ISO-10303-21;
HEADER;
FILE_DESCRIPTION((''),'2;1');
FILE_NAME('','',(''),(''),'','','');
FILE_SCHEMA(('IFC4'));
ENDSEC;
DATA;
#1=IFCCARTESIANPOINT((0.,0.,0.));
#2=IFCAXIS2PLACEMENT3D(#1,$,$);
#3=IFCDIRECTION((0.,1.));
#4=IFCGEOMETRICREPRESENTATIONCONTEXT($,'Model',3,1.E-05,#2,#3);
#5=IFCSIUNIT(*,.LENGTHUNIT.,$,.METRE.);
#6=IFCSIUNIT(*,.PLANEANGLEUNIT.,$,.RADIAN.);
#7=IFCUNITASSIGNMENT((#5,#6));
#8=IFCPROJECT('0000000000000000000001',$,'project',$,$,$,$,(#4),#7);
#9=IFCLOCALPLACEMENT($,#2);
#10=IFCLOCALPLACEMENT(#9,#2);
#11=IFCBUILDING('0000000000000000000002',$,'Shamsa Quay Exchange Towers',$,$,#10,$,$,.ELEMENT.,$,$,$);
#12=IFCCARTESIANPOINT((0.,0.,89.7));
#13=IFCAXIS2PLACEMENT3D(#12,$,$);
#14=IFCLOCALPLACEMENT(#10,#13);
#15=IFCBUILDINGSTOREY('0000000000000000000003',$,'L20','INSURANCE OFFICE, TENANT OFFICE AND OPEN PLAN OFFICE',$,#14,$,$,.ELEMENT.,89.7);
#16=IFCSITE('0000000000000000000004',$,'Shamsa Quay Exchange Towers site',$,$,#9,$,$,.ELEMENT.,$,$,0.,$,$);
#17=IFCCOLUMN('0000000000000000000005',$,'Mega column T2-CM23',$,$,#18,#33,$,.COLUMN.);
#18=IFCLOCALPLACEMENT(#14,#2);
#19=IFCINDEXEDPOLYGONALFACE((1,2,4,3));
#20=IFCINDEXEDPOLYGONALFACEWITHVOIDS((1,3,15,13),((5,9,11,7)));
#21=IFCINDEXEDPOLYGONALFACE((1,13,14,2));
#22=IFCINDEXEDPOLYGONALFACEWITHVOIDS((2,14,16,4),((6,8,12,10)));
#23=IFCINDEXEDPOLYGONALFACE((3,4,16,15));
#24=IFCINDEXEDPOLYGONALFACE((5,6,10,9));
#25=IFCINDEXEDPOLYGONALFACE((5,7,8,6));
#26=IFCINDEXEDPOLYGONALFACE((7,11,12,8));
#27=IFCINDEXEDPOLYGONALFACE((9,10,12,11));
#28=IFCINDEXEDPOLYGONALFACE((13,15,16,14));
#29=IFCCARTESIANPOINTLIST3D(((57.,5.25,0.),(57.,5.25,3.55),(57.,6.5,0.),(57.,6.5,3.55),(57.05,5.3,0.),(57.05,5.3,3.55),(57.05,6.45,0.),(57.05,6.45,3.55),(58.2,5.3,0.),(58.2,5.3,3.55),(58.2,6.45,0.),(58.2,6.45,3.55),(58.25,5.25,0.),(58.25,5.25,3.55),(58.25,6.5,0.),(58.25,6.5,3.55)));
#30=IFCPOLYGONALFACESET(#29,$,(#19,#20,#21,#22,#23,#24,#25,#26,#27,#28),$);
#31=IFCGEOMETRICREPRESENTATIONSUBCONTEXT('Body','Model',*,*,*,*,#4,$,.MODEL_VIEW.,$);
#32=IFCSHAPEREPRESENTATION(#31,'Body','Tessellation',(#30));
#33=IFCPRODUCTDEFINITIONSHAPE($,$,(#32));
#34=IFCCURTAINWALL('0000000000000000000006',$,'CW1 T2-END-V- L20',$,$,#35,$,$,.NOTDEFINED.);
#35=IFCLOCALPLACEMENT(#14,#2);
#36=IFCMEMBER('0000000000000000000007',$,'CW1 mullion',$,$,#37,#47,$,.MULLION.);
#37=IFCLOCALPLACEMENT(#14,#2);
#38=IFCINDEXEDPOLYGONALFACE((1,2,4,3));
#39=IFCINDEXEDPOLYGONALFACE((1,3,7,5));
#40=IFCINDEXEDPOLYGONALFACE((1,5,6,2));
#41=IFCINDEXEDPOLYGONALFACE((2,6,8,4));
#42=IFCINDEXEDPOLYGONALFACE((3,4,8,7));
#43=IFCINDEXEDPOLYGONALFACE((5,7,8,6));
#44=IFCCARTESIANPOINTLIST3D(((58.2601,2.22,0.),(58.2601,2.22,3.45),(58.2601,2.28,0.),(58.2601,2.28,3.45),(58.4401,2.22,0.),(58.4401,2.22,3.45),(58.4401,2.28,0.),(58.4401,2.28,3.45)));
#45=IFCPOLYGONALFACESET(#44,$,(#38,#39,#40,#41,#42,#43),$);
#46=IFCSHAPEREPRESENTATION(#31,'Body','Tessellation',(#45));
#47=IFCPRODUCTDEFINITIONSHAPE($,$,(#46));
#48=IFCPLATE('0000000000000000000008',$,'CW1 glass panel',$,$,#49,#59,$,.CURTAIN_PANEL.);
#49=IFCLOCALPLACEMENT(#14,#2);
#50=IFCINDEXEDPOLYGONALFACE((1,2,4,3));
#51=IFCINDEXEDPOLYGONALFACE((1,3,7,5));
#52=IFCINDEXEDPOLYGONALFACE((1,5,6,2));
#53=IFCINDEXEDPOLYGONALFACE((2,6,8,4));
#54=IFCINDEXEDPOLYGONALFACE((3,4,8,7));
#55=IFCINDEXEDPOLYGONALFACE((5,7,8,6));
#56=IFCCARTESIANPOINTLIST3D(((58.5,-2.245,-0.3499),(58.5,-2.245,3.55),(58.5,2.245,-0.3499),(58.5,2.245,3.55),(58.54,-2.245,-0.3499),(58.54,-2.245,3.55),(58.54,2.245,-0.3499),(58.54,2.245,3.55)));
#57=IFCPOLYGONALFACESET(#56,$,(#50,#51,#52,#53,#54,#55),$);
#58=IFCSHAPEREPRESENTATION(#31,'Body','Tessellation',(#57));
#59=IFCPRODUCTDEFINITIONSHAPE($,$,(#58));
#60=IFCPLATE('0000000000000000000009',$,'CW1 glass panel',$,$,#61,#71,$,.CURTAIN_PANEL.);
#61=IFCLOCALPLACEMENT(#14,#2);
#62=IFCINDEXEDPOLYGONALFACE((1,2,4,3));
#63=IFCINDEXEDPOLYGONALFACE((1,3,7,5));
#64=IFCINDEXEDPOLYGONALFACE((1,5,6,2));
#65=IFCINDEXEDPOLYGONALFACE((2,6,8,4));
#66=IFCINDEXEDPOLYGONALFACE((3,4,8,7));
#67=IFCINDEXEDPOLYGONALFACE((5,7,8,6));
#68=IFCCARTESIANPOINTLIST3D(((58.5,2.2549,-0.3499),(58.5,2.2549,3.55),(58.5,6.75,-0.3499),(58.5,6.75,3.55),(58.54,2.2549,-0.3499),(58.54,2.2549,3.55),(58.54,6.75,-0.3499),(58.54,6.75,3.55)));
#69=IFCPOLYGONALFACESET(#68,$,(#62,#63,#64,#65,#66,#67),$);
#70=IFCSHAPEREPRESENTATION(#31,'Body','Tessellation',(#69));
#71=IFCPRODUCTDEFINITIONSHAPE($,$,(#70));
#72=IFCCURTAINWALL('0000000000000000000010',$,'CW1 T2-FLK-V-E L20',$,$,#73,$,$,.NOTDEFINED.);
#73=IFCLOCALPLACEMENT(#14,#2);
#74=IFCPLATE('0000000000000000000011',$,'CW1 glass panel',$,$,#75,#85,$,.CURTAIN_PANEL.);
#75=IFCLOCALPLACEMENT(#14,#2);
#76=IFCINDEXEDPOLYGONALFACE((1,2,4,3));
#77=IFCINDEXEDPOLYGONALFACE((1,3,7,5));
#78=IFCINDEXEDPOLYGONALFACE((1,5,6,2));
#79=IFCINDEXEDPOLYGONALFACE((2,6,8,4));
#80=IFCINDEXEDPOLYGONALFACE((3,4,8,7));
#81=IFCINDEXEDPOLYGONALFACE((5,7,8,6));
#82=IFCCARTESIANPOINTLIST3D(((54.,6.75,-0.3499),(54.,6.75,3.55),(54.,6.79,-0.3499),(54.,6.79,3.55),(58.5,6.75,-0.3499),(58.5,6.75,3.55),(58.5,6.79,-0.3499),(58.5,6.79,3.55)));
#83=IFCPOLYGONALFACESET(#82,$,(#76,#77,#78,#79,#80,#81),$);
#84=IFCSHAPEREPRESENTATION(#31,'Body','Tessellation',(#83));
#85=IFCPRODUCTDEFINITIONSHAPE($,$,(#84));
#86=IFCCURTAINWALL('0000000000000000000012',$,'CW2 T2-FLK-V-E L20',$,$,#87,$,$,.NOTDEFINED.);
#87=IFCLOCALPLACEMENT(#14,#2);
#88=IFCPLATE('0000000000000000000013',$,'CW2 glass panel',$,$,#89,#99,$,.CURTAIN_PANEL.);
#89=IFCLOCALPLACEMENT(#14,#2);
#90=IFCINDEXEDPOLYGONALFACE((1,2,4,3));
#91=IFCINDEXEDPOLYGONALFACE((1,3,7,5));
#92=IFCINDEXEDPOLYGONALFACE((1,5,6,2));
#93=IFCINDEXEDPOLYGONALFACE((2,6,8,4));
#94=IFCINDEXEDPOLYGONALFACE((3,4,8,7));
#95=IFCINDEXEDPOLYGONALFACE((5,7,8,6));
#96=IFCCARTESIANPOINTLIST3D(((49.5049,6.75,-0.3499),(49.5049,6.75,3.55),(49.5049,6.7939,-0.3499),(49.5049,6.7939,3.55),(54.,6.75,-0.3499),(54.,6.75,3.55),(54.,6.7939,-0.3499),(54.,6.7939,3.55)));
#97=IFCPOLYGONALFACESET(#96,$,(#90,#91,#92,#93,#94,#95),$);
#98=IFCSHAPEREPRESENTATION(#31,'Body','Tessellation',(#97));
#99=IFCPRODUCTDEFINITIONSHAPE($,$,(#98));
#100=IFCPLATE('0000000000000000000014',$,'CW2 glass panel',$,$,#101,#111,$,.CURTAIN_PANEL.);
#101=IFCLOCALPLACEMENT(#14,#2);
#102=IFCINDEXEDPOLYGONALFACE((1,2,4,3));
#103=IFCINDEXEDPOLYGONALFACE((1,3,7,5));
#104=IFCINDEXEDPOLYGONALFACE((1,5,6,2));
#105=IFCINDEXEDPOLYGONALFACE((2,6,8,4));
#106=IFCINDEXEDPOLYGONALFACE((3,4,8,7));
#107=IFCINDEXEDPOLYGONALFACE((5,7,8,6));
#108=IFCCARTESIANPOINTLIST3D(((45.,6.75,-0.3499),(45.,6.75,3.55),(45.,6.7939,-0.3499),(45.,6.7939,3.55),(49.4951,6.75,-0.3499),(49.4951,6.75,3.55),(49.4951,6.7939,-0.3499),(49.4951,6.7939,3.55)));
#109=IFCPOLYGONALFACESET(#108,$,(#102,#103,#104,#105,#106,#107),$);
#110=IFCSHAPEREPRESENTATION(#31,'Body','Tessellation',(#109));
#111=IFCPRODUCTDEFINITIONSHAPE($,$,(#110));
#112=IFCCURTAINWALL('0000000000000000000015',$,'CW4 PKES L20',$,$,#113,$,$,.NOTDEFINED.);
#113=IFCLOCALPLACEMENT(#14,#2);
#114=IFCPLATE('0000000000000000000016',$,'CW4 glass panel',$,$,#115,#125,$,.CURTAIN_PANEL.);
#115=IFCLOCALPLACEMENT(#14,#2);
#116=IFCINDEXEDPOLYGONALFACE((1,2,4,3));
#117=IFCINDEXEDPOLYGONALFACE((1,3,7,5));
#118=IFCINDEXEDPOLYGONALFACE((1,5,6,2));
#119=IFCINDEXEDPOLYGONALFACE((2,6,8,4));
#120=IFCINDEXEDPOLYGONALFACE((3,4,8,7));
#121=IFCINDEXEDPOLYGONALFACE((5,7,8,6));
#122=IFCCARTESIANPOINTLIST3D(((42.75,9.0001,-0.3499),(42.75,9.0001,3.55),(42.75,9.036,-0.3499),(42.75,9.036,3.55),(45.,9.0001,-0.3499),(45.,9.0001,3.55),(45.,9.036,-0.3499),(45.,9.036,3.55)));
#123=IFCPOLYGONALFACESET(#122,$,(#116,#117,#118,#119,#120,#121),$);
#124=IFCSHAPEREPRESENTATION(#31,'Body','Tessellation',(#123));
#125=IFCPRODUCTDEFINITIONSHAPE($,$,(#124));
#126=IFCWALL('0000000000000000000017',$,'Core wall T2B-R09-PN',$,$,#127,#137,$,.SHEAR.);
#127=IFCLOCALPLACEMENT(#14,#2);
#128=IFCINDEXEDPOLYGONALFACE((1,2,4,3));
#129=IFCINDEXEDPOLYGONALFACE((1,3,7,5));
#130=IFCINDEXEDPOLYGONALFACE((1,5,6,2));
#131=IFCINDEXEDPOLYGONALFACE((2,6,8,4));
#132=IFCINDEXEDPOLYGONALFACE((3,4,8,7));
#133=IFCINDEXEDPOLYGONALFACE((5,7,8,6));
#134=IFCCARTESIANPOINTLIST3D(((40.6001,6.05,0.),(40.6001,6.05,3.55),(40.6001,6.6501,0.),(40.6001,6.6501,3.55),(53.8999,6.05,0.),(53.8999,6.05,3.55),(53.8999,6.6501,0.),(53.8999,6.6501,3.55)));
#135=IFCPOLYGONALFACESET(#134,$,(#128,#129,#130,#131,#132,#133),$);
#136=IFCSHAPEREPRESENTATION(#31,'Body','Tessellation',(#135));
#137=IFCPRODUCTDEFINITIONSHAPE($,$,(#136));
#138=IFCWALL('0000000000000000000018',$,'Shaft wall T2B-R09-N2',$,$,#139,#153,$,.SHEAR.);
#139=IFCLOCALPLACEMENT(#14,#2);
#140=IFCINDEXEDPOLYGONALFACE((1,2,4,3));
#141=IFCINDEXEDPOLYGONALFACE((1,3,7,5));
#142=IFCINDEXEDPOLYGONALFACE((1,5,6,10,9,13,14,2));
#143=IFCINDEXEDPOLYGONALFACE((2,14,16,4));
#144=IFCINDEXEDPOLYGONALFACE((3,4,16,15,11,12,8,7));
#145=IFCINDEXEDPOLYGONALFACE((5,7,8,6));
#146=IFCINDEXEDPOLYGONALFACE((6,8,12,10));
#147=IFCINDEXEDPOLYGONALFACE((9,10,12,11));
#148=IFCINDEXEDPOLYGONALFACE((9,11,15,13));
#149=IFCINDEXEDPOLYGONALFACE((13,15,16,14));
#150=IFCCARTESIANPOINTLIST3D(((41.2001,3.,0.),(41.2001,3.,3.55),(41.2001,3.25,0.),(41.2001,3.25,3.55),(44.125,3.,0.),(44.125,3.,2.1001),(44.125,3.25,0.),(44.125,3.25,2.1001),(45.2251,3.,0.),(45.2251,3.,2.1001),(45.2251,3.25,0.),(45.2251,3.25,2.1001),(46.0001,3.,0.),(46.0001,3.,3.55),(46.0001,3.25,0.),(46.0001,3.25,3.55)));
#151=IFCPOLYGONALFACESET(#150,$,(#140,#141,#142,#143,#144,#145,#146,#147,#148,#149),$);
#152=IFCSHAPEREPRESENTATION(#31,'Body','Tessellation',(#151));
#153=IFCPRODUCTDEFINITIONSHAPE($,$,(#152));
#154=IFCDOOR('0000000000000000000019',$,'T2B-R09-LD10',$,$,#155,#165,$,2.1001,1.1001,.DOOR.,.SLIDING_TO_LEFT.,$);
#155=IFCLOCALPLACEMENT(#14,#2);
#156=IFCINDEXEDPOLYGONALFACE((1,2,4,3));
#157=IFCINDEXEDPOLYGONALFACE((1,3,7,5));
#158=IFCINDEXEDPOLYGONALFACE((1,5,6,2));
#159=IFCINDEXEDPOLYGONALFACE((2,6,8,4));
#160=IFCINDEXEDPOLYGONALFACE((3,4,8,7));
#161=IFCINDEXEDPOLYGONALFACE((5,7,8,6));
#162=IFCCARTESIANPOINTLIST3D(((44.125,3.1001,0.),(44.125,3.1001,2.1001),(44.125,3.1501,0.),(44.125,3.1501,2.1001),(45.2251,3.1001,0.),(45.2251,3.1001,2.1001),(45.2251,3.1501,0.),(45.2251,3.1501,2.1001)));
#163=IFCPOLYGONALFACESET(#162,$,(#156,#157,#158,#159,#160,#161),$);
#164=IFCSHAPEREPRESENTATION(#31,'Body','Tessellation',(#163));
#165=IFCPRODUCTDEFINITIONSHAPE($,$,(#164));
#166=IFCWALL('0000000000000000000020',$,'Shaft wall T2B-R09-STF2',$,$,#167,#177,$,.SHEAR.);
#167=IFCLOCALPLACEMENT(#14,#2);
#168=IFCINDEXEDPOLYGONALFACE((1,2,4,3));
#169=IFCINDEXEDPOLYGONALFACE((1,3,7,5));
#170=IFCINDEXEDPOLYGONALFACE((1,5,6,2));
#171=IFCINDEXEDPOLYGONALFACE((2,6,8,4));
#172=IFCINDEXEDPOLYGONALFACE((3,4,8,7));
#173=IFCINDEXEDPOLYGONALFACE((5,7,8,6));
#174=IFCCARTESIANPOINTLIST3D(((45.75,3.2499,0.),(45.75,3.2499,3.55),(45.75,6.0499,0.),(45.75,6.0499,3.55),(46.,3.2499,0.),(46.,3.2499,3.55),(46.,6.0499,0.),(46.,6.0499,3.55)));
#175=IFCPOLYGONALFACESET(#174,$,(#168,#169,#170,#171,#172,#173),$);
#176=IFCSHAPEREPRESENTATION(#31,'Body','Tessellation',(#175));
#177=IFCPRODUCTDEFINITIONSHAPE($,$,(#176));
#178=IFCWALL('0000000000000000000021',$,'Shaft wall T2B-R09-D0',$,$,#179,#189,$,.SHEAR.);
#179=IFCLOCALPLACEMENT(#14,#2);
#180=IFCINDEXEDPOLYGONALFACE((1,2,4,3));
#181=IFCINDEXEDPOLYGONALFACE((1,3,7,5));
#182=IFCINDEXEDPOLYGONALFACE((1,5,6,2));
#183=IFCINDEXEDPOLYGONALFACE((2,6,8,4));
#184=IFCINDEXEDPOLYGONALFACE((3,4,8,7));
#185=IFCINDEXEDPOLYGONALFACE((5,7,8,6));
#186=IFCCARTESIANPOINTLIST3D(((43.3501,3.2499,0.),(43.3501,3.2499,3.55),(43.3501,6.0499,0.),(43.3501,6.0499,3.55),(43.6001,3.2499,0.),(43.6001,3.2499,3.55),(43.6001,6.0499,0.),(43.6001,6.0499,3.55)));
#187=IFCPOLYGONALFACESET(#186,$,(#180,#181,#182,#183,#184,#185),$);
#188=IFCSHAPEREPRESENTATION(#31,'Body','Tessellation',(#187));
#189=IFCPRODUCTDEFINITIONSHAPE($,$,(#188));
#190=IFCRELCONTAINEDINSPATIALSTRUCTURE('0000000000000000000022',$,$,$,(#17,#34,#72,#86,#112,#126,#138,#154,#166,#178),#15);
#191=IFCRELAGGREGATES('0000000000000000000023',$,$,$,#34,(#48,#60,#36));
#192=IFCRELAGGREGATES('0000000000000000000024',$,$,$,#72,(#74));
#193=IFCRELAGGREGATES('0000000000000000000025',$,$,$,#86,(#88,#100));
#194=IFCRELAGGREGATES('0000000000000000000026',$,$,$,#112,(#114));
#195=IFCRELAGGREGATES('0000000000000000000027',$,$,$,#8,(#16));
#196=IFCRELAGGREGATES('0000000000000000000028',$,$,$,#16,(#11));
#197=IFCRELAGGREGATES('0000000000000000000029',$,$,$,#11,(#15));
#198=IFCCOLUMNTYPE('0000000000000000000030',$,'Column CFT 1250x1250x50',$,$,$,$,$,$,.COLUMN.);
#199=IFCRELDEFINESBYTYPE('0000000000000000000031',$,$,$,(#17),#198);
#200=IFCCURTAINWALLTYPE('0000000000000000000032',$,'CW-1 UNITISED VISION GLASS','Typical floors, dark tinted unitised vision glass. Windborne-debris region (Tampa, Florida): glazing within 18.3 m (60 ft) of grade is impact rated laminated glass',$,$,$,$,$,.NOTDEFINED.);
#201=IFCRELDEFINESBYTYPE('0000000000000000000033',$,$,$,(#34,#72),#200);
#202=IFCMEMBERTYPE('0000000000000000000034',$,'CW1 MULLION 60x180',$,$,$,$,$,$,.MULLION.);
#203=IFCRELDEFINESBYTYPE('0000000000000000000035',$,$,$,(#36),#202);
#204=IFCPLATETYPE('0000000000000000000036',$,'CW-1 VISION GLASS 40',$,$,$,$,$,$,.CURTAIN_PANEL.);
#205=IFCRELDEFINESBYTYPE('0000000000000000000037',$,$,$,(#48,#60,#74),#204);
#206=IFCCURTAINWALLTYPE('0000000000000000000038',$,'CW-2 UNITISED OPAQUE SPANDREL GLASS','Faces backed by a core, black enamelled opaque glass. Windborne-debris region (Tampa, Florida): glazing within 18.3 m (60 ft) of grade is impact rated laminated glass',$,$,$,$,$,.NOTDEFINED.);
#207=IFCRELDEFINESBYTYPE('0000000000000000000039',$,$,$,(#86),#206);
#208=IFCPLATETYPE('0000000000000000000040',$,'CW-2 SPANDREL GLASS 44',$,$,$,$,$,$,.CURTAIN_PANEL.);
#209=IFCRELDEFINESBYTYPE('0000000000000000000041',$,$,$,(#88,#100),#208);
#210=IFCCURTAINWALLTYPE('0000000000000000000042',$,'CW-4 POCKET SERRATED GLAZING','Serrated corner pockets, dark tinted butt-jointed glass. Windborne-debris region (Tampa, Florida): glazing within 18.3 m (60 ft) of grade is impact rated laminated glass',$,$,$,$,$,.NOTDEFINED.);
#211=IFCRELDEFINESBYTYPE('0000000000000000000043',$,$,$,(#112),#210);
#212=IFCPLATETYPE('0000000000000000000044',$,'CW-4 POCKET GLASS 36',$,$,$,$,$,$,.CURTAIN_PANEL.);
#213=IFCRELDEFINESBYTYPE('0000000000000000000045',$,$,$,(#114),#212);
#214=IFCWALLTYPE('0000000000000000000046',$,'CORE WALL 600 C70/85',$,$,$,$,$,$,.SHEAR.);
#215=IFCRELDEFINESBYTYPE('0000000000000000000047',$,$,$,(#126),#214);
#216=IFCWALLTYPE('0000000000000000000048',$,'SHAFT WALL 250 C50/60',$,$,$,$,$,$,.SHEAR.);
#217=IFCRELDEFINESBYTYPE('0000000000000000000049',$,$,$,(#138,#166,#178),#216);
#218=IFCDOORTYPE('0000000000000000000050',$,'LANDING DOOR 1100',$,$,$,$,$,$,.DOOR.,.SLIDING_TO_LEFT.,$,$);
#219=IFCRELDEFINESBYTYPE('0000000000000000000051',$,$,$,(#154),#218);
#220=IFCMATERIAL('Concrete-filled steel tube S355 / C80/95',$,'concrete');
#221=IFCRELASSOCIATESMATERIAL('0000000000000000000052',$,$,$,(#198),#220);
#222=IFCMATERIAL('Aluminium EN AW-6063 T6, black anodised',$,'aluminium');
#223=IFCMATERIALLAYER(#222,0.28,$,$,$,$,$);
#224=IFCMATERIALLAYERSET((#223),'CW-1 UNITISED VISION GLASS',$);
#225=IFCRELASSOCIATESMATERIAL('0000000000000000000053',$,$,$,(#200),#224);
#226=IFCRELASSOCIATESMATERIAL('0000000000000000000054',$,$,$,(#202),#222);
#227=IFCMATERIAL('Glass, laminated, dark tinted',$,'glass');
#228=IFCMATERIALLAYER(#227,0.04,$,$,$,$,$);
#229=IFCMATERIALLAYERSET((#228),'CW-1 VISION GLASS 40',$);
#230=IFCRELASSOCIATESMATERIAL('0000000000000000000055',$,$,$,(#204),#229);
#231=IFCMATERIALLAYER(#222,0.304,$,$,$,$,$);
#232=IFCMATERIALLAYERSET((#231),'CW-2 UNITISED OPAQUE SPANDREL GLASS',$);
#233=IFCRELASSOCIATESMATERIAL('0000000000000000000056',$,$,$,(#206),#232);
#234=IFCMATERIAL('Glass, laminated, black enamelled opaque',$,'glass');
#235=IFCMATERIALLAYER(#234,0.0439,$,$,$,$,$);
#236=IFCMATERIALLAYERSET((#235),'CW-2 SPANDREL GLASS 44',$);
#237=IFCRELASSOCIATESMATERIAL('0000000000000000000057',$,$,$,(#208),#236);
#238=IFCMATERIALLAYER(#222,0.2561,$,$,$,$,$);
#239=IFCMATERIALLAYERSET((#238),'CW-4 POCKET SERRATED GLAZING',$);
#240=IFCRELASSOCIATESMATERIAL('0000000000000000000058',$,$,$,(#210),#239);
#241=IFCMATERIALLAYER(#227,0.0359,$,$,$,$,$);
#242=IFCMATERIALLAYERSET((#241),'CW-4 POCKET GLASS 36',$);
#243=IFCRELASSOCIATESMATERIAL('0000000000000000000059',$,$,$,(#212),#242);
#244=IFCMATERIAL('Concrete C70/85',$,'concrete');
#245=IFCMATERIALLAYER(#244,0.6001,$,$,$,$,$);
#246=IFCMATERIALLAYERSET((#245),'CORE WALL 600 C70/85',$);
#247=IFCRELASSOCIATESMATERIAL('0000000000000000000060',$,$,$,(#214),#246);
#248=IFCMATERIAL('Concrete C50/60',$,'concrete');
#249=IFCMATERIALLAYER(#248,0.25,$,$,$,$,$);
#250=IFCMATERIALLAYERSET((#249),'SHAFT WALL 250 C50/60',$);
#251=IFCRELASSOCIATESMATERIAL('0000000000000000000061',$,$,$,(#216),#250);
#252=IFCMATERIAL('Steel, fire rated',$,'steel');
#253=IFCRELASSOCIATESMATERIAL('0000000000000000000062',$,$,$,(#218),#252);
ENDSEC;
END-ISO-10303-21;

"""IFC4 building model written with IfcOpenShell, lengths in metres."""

from ifc_helpers import new_model, si_unit, direction, frame, frame_2d, origin, origin_2d, place, context, subcontext, project, spatial, rectangle, hollow_rectangle, extrude, material, layer, layer_set, material_profile, profile_set, type_object, element, fill, aggregate, save


model = new_model("IFC4")

# Units and contexts
model_context = context("Model", 3, precision=1e-05, world=origin(), true_north=direction((0.0, 1.0)))
body_context = subcontext(model_context, "Body", "Model", "MODEL_VIEW")
ifc_project = project(units=[si_unit("LENGTHUNIT", "METRE"), si_unit("PLANEANGLEUNIT", "RADIAN")], contexts=[model_context])

# Site, building, storey
site_placement = place(None, origin())
site = spatial("IfcSite", under=ifc_project, at=site_placement, Name="Shamsa Quay Exchange Towers site", CompositionType="ELEMENT", RefElevation=0.0)
building_placement = place(site_placement, origin())
building = spatial("IfcBuilding", under=site, at=building_placement, Name="Shamsa Quay Exchange Towers", CompositionType="ELEMENT")
storey_placement = place(building_placement, frame((0.0, 0.0, 89.7)))
storey = spatial("IfcBuildingStorey", under=building, at=storey_placement, Name="L20", Description="INSURANCE OFFICE, TENANT OFFICE AND OPEN PLAN OFFICE", CompositionType="ELEMENT", Elevation=89.7)

# Column
ifc_material_1 = material(Name="Concrete-filled steel tube S355 / C80/95", Category="concrete")
ifc_material_profile_1 = material_profile(ifc_material_1, hollow_rectangle(XDim=1.25, YDim=1.25, WallThickness=0.05, at=origin_2d()), Name="CFT 1250x1250x50")
ifc_profile_set_1 = profile_set([ifc_material_profile_1], Name="Concrete-filled steel tube S355 / C80/95")
column_type = type_object("IfcColumnType", Name="Column CFT 1250x1250x50", PredefinedType="COLUMN", material=ifc_profile_set_1)
column_placement = place(storey_placement, frame((57.625, 5.875, 0.0)))
element("IfcColumn", 1, at=column_placement, inside=storey, type_object=column_type, Name="Mega column T2-CM23", PredefinedType="COLUMN", context=body_context, shape_type="SweptSolid", body=[
    extrude(hollow_rectangle(XDim=1.25, YDim=1.25, WallThickness=0.05, at=origin_2d()), origin(), (0.0, 0.0, 1.0), 3.55),
])

# Curtain wall, member, plates
ifc_material_2 = material(Name="Aluminium EN AW-6063 T6, black anodised", Category="aluminium")
ifc_layer_1 = layer(ifc_material_2, 0.28)
ifc_layer_set_1 = layer_set([ifc_layer_1], Name="CW-1 UNITISED VISION GLASS")
curtain_wall_type_1 = type_object("IfcCurtainWallType", Name="CW-1 UNITISED VISION GLASS", Description="Typical floors, dark tinted unitised vision glass. Windborne-debris region (Tampa, Florida): glazing within 18.3 m (60 ft) of grade is impact rated laminated glass", PredefinedType="NOTDEFINED", material=ifc_layer_set_1)
curtain_wall_1_placement = place(storey_placement, origin())
curtain_wall_1 = element("IfcCurtainWall", 2, at=curtain_wall_1_placement, inside=storey, type_object=curtain_wall_type_1, Name="CW1 T2-END-V- L20", PredefinedType="NOTDEFINED")
ifc_material_profile_2 = material_profile(ifc_material_2, rectangle(XDim=0.1799, YDim=0.0601, at=origin_2d()), Name="MU60x180")
ifc_profile_set_2 = profile_set([ifc_material_profile_2], Name="Aluminium EN AW-6063 T6, black anodised")
member_type = type_object("IfcMemberType", Name="CW1 MULLION 60x180", PredefinedType="MULLION", material=ifc_profile_set_2)
member_placement = place(storey_placement, frame((58.3501, 2.25, 0.0), z_axis=(0.0, 0.0, 1.0), x_axis=(-1.0, 0.0, 0.0)))
member = element("IfcMember", 3, at=member_placement, type_object=member_type, Name="CW1 mullion", PredefinedType="MULLION", context=body_context, shape_type="SweptSolid", body=[
    extrude(rectangle(XDim=0.1799, YDim=0.0601, at=origin_2d()), origin(), (0.0, 0.0, 1.0), 3.45),
])
ifc_material_3 = material(Name="Glass, laminated, dark tinted", Category="glass")
ifc_layer_2 = layer(ifc_material_3, 0.04)
ifc_layer_set_2 = layer_set([ifc_layer_2], Name="CW-1 VISION GLASS 40")
plate_type_1 = type_object("IfcPlateType", Name="CW-1 VISION GLASS 40", PredefinedType="CURTAIN_PANEL", material=ifc_layer_set_2)
plate_1_placement = place(storey_placement, frame((58.52, 0.0, -0.3499), z_axis=(0.0, 0.0, 1.0), x_axis=(0.0, 1.0, 0.0)))
plate_1 = element("IfcPlate", 4, at=plate_1_placement, type_object=plate_type_1, Name="CW1 glass panel", PredefinedType="CURTAIN_PANEL", context=body_context, shape_type="SweptSolid", body=[
    extrude(rectangle(XDim=4.49, YDim=0.04, at=origin_2d()), origin(), (0.0, 0.0, 1.0), 3.8999),
])
plate_2_placement = place(storey_placement, frame((58.52, 4.5024, -0.3499), z_axis=(0.0, 0.0, 1.0), x_axis=(0.0, 1.0, 0.0)))
plate_2 = element("IfcPlate", 5, at=plate_2_placement, type_object=plate_type_1, Name="CW1 glass panel", PredefinedType="CURTAIN_PANEL", context=body_context, shape_type="SweptSolid", body=[
    extrude(rectangle(XDim=4.4951, YDim=0.04, at=origin_2d()), origin(), (0.0, 0.0, 1.0), 3.8999),
])
aggregate(curtain_wall_1, [plate_1, plate_2, member])

# Curtain wall, plate
curtain_wall_2_placement = place(storey_placement, origin())
curtain_wall_2 = element("IfcCurtainWall", 6, at=curtain_wall_2_placement, inside=storey, type_object=curtain_wall_type_1, Name="CW1 T2-FLK-V-E L20", PredefinedType="NOTDEFINED")
plate_3_placement = place(storey_placement, frame((56.25, 6.77, -0.3499), z_axis=(0.0, 0.0, 1.0), x_axis=(-1.0, 0.0, 0.0)))
plate_3 = element("IfcPlate", 7, at=plate_3_placement, type_object=plate_type_1, Name="CW1 glass panel", PredefinedType="CURTAIN_PANEL", context=body_context, shape_type="SweptSolid", body=[
    extrude(rectangle(XDim=4.5, YDim=0.04, at=origin_2d()), origin(), (0.0, 0.0, 1.0), 3.8999),
])
aggregate(curtain_wall_2, [plate_3])

# Curtain wall, plates
ifc_layer_3 = layer(ifc_material_2, 0.304)
ifc_layer_set_3 = layer_set([ifc_layer_3], Name="CW-2 UNITISED OPAQUE SPANDREL GLASS")
curtain_wall_type_2 = type_object("IfcCurtainWallType", Name="CW-2 UNITISED OPAQUE SPANDREL GLASS", Description="Faces backed by a core, black enamelled opaque glass. Windborne-debris region (Tampa, Florida): glazing within 18.3 m (60 ft) of grade is impact rated laminated glass", PredefinedType="NOTDEFINED", material=ifc_layer_set_3)
curtain_wall_3_placement = place(storey_placement, origin())
curtain_wall_3 = element("IfcCurtainWall", 8, at=curtain_wall_3_placement, inside=storey, type_object=curtain_wall_type_2, Name="CW2 T2-FLK-V-E L20", PredefinedType="NOTDEFINED")
ifc_material_4 = material(Name="Glass, laminated, black enamelled opaque", Category="glass")
ifc_layer_4 = layer(ifc_material_4, 0.0439)
ifc_layer_set_4 = layer_set([ifc_layer_4], Name="CW-2 SPANDREL GLASS 44")
plate_type_2 = type_object("IfcPlateType", Name="CW-2 SPANDREL GLASS 44", PredefinedType="CURTAIN_PANEL", material=ifc_layer_set_4)
plate_4_placement = place(storey_placement, frame((51.7524, 6.772, -0.3499), z_axis=(0.0, 0.0, 1.0), x_axis=(-1.0, 0.0, 0.0)))
plate_4 = element("IfcPlate", 9, at=plate_4_placement, type_object=plate_type_2, Name="CW2 glass panel", PredefinedType="CURTAIN_PANEL", context=body_context, shape_type="SweptSolid", body=[
    extrude(rectangle(XDim=4.4951, YDim=0.0439, at=origin_2d()), origin(), (0.0, 0.0, 1.0), 3.8999),
])
plate_5_placement = place(storey_placement, frame((47.2476, 6.772, -0.3499), z_axis=(0.0, 0.0, 1.0), x_axis=(-1.0, 0.0, 0.0)))
plate_5 = element("IfcPlate", 10, at=plate_5_placement, type_object=plate_type_2, Name="CW2 glass panel", PredefinedType="CURTAIN_PANEL", context=body_context, shape_type="SweptSolid", body=[
    extrude(rectangle(XDim=4.4951, YDim=0.0439, at=origin_2d()), origin(), (0.0, 0.0, 1.0), 3.8999),
])
aggregate(curtain_wall_3, [plate_4, plate_5])

# Curtain wall, plate
ifc_layer_5 = layer(ifc_material_2, 0.2561)
ifc_layer_set_5 = layer_set([ifc_layer_5], Name="CW-4 POCKET SERRATED GLAZING")
curtain_wall_type_3 = type_object("IfcCurtainWallType", Name="CW-4 POCKET SERRATED GLAZING", Description="Serrated corner pockets, dark tinted butt-jointed glass. Windborne-debris region (Tampa, Florida): glazing within 18.3 m (60 ft) of grade is impact rated laminated glass", PredefinedType="NOTDEFINED", material=ifc_layer_set_5)
curtain_wall_4_placement = place(storey_placement, origin())
curtain_wall_4 = element("IfcCurtainWall", 11, at=curtain_wall_4_placement, inside=storey, type_object=curtain_wall_type_3, Name="CW4 PKES L20", PredefinedType="NOTDEFINED")
ifc_layer_6 = layer(ifc_material_3, 0.0359)
ifc_layer_set_6 = layer_set([ifc_layer_6], Name="CW-4 POCKET GLASS 36")
plate_type_3 = type_object("IfcPlateType", Name="CW-4 POCKET GLASS 36", PredefinedType="CURTAIN_PANEL", material=ifc_layer_set_6)
plate_6_placement = place(storey_placement, frame((43.875, 9.0181, -0.3499), z_axis=(0.0, 0.0, 1.0), x_axis=(-1.0, 0.0, 0.0)))
plate_6 = element("IfcPlate", 12, at=plate_6_placement, type_object=plate_type_3, Name="CW4 glass panel", PredefinedType="CURTAIN_PANEL", context=body_context, shape_type="SweptSolid", body=[
    extrude(rectangle(XDim=2.25, YDim=0.0359, at=origin_2d()), origin(), (0.0, 0.0, 1.0), 3.8999),
])
aggregate(curtain_wall_4, [plate_6])

# Wall
ifc_material_5 = material(Name="Concrete C70/85", Category="concrete")
ifc_layer_7 = layer(ifc_material_5, 0.6001)
ifc_layer_set_7 = layer_set([ifc_layer_7], Name="CORE WALL 600 C70/85")
wall_type_1 = type_object("IfcWallType", Name="CORE WALL 600 C70/85", PredefinedType="SHEAR", material=ifc_layer_set_7)
wall_1_placement = place(storey_placement, frame((53.8999, 6.3501, 0.0), z_axis=(0.0, 0.0, 1.0), x_axis=(-1.0, 0.0, 0.0)))
element("IfcWall", 13, at=wall_1_placement, inside=storey, type_object=wall_type_1, Name="Core wall T2B-R09-PN", PredefinedType="SHEAR", context=body_context, shape_type="SweptSolid", body=[
    extrude(rectangle(XDim=13.2998, YDim=0.6001, at=frame_2d((6.6499, 0.0))), origin(), (0.0, 0.0, 1.0), 3.55),
])

# Wall, opening, door
ifc_material_6 = material(Name="Concrete C50/60", Category="concrete")
ifc_layer_8 = layer(ifc_material_6, 0.25)
ifc_layer_set_8 = layer_set([ifc_layer_8], Name="SHAFT WALL 250 C50/60")
wall_type_2 = type_object("IfcWallType", Name="SHAFT WALL 250 C50/60", PredefinedType="SHEAR", material=ifc_layer_set_8)
wall_2_placement = place(storey_placement, frame((46.0, 3.125, 0.0), z_axis=(0.0, 0.0, 1.0), x_axis=(-1.0, 0.0, 0.0)))
wall_2 = element("IfcWall", 14, at=wall_2_placement, inside=storey, type_object=wall_type_2, Name="Shaft wall T2B-R09-N2", PredefinedType="SHEAR", context=body_context, shape_type="SweptSolid", body=[
    extrude(rectangle(XDim=4.8, YDim=0.25, at=frame_2d((2.3999, 0.0))), origin(), (0.0, 0.0, 1.0), 3.55),
])
opening_1_placement = place(wall_2_placement, frame((0.7749, 0.0, 0.0)))
opening_1 = element("IfcOpeningElement", 15, at=opening_1_placement, cuts=wall_2, PredefinedType="OPENING", context=body_context, shape_type="SweptSolid", body=[
    extrude(rectangle(XDim=1.1001, YDim=2.1001, at=frame_2d((0.55, 1.05))), frame((0.0, 0.135, 0.0), z_axis=(0.0, -1.0, 0.0), x_axis=(1.0, 0.0, 0.0)), (0.0, 0.0, 1.0), 0.27),
])
ifc_material_7 = material(Name="Steel, fire rated", Category="steel")
door_type_1 = type_object("IfcDoorType", Name="LANDING DOOR 1100", OperationType="SLIDING_TO_LEFT", PredefinedType="DOOR", material=ifc_material_7)
door_1_placement = place(opening_1_placement, origin())
door_1 = element("IfcDoor", 16, at=door_1_placement, inside=storey, type_object=door_type_1, Name="T2B-R09-LD10", OperationType="SLIDING_TO_LEFT", OverallHeight=2.1001, OverallWidth=1.1001, PredefinedType="DOOR", context=body_context, shape_type="SweptSolid", body=[
    extrude(rectangle(XDim=1.1001, YDim=2.1001, at=frame_2d((0.55, 1.05))), frame((0.0, 0.0249, 0.0), z_axis=(0.0, -1.0, 0.0), x_axis=(1.0, 0.0, 0.0)), (0.0, 0.0, 1.0), 0.05),
])
fill(opening_1, door_1)

# Walls
for number, where, z_axis, x_axis, name in (
    (17, (45.875, 3.25, 0.0), (0.0, 0.0, 1.0), (0.0, 1.0, 0.0), "Shaft wall T2B-R09-STF2"),
    (18, (43.4751, 3.25, 0.0), (0.0, 0.0, 1.0), (0.0, 1.0, 0.0), "Shaft wall T2B-R09-D0"),
):
    element("IfcWall", number, at=place(storey_placement, frame(where, z_axis=z_axis, x_axis=x_axis)), inside=storey, type_object=wall_type_2, Name=name, PredefinedType="SHEAR", context=body_context, shape_type="SweptSolid", body=[
        extrude(rectangle(XDim=2.8, YDim=0.25, at=frame_2d((1.3999, 0.0))), origin(), (0.0, 0.0, 1.0), 3.55),
    ])

save(model, "model.ifc")
